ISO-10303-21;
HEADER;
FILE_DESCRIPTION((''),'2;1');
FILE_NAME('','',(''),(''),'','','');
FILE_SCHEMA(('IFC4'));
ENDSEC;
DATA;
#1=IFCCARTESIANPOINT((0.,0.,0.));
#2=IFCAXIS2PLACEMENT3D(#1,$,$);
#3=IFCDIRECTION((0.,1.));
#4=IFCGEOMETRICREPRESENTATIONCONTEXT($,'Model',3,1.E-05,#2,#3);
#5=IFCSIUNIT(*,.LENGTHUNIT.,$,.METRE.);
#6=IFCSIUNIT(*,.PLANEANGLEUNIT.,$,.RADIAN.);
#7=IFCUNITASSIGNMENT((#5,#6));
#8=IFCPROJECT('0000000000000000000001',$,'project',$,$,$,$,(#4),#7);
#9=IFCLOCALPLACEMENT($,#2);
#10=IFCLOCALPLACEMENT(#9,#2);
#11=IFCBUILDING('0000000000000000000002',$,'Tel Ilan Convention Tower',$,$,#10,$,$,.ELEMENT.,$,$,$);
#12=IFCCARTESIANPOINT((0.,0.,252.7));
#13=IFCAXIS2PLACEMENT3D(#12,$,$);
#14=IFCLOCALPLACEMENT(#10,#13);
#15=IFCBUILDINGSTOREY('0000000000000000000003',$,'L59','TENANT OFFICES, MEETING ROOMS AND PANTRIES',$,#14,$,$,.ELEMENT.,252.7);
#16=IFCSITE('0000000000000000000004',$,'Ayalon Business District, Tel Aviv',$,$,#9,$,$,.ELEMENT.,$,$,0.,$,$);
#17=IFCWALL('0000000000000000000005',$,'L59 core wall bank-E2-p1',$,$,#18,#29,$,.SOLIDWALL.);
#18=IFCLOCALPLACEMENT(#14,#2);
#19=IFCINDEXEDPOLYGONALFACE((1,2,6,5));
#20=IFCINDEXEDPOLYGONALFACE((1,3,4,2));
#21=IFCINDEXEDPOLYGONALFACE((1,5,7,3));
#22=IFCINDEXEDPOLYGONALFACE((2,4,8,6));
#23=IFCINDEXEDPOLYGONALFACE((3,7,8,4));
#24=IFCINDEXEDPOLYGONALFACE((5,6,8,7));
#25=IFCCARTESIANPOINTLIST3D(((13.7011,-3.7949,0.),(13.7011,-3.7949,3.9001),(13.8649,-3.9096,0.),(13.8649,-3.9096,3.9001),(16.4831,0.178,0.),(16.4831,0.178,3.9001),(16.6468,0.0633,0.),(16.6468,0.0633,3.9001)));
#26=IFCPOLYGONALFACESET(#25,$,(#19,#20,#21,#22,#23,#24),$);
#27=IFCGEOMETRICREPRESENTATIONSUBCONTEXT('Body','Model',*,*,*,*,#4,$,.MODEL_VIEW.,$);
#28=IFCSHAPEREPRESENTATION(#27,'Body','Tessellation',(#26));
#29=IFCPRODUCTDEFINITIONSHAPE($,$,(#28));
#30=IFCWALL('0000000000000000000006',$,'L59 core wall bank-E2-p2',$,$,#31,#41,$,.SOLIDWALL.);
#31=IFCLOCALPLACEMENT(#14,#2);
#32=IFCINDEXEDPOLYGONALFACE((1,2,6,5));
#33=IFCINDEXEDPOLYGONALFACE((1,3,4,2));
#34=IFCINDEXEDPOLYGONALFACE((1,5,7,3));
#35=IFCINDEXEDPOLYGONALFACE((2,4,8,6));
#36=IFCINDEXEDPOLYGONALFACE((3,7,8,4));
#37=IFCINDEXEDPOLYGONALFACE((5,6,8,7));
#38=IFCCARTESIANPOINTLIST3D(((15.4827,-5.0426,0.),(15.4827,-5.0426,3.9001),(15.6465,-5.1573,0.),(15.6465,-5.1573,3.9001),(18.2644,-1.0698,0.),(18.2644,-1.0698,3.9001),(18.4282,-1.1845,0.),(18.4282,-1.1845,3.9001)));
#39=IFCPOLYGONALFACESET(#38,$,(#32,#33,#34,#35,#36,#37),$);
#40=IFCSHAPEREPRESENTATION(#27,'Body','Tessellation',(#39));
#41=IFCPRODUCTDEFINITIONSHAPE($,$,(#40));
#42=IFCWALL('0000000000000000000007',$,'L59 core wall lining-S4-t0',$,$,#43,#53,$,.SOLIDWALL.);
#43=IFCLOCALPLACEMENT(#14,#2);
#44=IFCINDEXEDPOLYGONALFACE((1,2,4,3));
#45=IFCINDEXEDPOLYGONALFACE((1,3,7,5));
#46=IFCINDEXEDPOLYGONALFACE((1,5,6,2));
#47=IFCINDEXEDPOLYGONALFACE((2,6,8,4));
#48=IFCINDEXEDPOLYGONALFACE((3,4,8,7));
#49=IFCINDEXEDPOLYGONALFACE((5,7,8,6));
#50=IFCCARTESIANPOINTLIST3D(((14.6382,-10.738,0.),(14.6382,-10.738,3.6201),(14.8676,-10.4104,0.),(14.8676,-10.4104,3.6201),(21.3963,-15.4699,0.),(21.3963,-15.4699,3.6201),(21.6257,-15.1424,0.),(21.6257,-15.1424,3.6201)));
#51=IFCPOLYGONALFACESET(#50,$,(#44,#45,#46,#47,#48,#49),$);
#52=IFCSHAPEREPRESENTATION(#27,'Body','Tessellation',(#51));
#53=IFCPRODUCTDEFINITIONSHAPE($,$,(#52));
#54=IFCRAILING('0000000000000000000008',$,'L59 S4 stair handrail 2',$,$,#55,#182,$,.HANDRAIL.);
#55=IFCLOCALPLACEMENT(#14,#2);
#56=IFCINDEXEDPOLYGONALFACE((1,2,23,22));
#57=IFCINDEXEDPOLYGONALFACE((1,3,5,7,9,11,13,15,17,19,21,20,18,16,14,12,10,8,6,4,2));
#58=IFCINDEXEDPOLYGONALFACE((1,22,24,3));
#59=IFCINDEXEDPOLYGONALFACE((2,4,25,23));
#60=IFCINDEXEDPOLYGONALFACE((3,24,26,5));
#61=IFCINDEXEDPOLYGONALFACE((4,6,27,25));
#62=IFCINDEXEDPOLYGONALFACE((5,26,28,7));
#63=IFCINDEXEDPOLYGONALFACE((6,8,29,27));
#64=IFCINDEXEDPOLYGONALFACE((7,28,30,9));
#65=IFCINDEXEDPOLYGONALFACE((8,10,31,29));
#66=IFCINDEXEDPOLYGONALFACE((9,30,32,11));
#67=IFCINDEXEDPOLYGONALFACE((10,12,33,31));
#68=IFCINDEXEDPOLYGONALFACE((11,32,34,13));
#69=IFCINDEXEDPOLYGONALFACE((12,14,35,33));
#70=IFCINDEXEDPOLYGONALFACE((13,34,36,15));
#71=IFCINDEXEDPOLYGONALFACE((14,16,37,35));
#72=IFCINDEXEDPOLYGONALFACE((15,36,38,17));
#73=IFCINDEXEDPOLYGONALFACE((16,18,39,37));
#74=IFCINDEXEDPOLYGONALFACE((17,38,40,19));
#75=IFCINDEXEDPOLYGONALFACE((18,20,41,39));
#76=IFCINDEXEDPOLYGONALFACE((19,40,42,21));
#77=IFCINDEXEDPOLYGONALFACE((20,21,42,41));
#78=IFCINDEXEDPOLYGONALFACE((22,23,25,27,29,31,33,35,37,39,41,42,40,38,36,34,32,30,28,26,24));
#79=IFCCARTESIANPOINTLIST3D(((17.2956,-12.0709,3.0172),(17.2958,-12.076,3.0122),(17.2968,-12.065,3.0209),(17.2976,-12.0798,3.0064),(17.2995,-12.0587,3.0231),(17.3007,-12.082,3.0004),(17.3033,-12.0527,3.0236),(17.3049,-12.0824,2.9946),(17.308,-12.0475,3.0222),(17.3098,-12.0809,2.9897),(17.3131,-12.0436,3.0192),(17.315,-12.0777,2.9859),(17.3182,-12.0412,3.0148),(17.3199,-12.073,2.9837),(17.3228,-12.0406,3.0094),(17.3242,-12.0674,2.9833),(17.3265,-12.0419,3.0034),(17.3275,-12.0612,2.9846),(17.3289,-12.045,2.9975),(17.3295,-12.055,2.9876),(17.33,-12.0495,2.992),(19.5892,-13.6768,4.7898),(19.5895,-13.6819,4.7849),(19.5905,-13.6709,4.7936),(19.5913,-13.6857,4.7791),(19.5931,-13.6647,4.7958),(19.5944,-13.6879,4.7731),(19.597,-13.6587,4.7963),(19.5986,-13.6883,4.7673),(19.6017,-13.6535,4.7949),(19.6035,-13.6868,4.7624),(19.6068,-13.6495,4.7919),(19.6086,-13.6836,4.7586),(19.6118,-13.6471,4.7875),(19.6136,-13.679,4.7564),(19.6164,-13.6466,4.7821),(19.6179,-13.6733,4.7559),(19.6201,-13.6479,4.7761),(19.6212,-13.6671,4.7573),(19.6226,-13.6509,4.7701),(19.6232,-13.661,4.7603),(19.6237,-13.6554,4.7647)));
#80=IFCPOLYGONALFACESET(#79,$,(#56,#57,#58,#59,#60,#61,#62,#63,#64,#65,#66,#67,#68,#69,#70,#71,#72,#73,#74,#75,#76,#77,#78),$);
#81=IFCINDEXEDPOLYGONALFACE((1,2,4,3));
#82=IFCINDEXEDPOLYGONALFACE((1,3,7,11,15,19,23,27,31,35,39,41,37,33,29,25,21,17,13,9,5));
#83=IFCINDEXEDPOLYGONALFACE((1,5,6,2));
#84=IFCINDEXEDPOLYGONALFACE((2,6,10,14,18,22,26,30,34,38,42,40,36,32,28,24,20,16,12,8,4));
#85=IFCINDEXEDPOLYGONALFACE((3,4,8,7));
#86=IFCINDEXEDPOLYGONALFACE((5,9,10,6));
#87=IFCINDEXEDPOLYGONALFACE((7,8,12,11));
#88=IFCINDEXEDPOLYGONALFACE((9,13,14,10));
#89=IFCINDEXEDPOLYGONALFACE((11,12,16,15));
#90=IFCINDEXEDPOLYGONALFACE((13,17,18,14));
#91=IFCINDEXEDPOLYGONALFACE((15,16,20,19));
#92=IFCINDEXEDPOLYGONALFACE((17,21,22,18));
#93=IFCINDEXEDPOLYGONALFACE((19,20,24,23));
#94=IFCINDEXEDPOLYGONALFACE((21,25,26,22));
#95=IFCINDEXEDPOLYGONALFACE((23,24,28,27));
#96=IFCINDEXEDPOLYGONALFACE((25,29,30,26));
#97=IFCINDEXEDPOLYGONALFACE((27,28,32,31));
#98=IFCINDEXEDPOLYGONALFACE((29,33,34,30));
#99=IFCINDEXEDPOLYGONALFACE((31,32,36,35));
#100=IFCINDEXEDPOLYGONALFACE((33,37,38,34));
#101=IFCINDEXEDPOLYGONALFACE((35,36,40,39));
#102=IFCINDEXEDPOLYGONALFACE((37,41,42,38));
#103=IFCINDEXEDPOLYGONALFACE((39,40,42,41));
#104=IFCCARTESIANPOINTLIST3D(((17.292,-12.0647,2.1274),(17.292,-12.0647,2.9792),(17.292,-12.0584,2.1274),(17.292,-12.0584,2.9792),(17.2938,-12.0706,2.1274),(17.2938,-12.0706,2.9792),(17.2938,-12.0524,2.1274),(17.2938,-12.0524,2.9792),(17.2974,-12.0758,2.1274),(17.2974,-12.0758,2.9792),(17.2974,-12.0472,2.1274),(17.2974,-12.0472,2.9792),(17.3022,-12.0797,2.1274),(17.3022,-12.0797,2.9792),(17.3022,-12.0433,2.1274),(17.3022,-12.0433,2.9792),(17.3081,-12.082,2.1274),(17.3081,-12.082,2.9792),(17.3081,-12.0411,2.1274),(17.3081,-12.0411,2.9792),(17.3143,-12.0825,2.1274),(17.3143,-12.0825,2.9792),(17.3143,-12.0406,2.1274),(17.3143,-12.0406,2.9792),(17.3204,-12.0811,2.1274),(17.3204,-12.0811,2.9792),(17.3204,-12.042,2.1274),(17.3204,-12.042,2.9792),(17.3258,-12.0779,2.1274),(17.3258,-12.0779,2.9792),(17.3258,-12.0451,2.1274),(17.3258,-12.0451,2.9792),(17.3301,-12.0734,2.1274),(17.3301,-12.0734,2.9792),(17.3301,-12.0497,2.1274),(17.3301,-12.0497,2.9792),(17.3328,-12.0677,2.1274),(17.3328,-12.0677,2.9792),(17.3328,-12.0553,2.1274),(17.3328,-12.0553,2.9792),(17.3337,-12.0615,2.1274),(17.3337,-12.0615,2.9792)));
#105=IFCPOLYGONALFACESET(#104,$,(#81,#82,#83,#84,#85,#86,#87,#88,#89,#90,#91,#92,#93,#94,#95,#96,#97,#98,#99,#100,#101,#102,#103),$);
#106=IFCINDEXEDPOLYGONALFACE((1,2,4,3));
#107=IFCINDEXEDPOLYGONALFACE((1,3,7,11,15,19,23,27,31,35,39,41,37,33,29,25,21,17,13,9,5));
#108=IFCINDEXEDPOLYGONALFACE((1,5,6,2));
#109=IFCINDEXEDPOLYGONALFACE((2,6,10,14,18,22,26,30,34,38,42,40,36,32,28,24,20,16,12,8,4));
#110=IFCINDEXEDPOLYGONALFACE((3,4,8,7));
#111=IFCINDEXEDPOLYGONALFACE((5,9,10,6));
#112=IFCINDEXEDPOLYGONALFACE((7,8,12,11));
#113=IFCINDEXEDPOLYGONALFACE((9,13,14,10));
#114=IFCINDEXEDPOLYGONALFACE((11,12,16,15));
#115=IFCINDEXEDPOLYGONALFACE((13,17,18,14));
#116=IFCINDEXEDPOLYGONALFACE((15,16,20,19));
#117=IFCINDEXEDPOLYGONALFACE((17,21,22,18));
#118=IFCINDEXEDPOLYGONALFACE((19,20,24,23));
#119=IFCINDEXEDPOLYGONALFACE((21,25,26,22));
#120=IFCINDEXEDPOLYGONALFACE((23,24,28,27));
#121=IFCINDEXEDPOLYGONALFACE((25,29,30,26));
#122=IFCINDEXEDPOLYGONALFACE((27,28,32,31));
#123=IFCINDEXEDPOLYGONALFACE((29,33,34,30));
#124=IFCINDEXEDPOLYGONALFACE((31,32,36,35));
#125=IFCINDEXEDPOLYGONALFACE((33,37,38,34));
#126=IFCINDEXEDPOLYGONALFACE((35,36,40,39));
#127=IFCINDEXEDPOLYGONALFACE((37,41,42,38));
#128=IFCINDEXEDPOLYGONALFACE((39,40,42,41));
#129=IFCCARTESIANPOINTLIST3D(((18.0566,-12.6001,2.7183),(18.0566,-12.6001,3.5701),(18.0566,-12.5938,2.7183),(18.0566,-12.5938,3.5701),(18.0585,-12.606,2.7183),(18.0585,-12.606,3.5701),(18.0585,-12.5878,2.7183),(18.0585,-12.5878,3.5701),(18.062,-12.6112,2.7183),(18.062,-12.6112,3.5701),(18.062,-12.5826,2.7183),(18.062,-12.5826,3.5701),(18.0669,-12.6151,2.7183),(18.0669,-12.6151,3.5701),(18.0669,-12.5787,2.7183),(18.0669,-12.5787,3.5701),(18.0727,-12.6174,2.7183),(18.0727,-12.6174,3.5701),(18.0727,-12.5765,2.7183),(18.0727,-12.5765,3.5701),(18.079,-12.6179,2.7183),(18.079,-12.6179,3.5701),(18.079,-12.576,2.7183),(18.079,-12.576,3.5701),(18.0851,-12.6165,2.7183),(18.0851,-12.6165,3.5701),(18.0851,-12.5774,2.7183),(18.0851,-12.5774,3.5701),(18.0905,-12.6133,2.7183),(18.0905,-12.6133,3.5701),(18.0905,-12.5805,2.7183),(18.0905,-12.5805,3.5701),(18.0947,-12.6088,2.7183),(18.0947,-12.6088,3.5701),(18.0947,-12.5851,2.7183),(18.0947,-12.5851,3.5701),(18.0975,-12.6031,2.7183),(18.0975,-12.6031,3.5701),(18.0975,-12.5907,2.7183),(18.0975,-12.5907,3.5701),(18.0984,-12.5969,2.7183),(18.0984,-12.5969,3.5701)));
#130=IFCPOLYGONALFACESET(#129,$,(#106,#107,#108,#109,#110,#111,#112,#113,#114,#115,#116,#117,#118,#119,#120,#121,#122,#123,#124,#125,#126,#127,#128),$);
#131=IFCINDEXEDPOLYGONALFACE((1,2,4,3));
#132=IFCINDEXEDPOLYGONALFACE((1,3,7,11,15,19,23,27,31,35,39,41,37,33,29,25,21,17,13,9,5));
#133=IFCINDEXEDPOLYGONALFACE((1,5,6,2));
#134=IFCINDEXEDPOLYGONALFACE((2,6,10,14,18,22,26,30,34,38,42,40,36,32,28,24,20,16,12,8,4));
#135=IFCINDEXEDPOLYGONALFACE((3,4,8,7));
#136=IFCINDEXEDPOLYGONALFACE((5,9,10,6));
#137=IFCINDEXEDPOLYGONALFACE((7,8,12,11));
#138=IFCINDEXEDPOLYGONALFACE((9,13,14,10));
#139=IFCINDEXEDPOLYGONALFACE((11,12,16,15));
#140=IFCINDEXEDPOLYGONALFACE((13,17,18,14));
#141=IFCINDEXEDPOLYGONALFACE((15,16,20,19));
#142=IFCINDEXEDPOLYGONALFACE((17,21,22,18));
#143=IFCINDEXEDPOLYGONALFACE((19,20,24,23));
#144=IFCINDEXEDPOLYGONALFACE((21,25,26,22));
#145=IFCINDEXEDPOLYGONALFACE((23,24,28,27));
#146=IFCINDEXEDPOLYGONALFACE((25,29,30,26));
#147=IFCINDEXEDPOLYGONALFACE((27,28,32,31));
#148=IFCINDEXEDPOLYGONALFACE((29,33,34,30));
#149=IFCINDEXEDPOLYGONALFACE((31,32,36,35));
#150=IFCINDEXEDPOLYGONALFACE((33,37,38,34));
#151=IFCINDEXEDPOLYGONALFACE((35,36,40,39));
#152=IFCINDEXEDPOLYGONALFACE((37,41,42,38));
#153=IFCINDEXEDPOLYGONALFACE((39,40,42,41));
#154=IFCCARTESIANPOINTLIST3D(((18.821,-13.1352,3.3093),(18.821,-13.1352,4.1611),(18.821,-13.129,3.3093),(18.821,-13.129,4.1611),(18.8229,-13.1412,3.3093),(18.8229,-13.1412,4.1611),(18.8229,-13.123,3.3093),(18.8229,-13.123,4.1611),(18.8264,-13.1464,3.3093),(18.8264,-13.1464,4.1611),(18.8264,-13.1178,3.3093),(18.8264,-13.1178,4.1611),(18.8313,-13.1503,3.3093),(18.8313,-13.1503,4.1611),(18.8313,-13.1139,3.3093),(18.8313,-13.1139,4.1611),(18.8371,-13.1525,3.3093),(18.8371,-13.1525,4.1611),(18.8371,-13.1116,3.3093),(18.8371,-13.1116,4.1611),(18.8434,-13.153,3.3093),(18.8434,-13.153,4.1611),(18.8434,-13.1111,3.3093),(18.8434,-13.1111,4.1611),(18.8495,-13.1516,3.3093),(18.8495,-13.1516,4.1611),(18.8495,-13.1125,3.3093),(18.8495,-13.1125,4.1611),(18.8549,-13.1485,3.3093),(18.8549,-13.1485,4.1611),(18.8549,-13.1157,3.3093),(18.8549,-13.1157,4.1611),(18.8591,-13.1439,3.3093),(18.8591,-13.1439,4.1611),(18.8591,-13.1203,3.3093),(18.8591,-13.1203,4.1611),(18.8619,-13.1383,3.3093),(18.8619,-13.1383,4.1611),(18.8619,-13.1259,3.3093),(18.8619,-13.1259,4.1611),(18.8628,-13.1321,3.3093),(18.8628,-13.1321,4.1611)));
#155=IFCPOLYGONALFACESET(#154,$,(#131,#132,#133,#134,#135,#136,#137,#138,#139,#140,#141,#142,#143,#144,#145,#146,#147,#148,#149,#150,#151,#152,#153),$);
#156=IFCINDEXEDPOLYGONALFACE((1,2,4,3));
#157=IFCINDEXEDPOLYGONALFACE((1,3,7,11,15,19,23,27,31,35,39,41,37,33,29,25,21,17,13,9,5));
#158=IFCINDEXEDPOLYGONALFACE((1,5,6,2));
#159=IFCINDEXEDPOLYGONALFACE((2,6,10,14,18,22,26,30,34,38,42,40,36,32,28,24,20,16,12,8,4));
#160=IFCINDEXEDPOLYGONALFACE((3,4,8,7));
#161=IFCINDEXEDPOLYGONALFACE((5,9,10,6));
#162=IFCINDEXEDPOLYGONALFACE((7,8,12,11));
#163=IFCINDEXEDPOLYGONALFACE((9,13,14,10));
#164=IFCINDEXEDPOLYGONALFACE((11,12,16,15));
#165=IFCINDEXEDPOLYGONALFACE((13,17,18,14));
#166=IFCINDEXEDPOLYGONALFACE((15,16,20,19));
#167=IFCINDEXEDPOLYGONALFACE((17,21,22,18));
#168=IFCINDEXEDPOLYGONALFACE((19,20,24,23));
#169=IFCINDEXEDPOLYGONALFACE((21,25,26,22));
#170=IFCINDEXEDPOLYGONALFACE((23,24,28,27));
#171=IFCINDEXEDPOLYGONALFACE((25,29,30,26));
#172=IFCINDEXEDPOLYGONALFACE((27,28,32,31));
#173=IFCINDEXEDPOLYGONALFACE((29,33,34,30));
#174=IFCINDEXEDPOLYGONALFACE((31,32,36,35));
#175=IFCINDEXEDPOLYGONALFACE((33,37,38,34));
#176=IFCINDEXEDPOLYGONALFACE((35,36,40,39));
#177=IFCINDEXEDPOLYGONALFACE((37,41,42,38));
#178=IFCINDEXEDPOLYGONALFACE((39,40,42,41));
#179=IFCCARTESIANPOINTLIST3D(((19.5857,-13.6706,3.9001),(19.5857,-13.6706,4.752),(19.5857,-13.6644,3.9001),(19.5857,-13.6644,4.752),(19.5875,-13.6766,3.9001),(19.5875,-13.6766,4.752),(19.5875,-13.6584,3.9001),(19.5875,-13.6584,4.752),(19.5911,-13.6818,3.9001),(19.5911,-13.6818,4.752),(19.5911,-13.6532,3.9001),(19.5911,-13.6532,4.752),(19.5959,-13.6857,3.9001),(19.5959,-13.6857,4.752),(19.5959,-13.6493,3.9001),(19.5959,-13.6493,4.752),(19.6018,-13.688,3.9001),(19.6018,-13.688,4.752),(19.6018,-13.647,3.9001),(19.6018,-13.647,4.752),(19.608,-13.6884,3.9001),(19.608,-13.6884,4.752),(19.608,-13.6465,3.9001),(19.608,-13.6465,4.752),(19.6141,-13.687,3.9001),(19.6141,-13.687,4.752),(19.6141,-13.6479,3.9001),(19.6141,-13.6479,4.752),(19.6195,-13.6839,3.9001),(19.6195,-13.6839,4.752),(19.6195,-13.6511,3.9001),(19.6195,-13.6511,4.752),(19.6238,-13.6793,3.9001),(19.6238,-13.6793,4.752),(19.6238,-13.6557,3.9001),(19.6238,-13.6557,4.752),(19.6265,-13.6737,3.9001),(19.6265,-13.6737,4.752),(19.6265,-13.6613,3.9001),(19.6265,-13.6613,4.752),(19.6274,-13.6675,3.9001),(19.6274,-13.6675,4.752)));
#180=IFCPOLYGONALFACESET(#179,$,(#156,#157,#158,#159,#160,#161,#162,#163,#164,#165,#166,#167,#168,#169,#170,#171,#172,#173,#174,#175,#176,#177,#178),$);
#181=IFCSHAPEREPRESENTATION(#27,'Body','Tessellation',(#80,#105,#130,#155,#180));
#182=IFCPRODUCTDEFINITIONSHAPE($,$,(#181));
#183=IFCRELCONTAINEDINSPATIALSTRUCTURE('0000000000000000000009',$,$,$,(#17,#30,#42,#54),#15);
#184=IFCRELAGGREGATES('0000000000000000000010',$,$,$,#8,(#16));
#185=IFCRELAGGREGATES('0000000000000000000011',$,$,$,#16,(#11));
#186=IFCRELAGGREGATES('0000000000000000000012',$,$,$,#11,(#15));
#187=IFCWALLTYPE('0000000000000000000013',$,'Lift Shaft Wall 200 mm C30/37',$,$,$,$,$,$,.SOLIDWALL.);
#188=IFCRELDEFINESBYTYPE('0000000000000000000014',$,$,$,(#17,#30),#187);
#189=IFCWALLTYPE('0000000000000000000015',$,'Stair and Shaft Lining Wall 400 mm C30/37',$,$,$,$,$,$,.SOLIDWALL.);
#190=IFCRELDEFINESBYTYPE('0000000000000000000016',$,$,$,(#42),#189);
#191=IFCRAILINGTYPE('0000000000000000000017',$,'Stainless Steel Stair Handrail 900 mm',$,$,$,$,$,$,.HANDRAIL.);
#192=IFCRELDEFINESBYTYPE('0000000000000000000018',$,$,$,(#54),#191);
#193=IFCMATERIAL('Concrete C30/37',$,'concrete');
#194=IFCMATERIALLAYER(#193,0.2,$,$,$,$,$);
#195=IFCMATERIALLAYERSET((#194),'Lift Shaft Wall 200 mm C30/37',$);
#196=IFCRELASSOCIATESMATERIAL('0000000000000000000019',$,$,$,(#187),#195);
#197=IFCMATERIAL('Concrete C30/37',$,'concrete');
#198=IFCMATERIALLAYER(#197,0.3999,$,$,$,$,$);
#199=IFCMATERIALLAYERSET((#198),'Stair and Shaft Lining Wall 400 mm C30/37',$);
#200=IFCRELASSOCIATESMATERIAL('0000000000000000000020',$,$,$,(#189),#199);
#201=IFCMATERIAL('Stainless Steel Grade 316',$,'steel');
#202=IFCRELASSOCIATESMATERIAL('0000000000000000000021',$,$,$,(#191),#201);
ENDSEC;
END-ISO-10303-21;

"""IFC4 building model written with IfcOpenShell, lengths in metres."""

from ifc_helpers import new_model, si_unit, direction, frame, frame_2d, origin, origin_2d, place, context, subcontext, project, spatial, rectangle, circle, extrude, material, layer, layer_set, type_object, element, save


model = new_model("IFC4")

# Units and contexts
model_context = context("Model", 3, precision=1e-05, world=origin(), true_north=direction((0.0, 1.0)))
body_context = subcontext(model_context, "Body", "Model", "MODEL_VIEW")
ifc_project = project(units=[si_unit("LENGTHUNIT", "METRE"), si_unit("PLANEANGLEUNIT", "RADIAN")], contexts=[model_context])

# Site, building, storey
site_placement = place(None, origin())
site = spatial("IfcSite", under=ifc_project, at=site_placement, Name="Ayalon Business District, Tel Aviv", CompositionType="ELEMENT", RefElevation=0.0)
building_placement = place(site_placement, origin())
building = spatial("IfcBuilding", under=site, at=building_placement, Name="Tel Ilan Convention Tower", CompositionType="ELEMENT")
storey_placement = place(building_placement, frame((0.0, 0.0, 252.7)))
storey = spatial("IfcBuildingStorey", under=building, at=storey_placement, Name="L59", Description="TENANT OFFICES, MEETING ROOMS AND PANTRIES", CompositionType="ELEMENT", Elevation=252.7)

# Walls
ifc_material_1 = material(Name="Concrete C30/37", Category="concrete")
ifc_layer_1 = layer(ifc_material_1, 0.2)
ifc_layer_set_1 = layer_set([ifc_layer_1], Name="Lift Shaft Wall 200 mm C30/37")
wall_type_1 = type_object("IfcWallType", Name="Lift Shaft Wall 200 mm C30/37", PredefinedType="SOLIDWALL", material=ifc_layer_set_1)
wall_1_placement = place(storey_placement, frame((13.783, -3.8523, 0.0), z_axis=(0.0, 0.0, 1.0), x_axis=(0.573594, 0.81914, 0.0)))
element("IfcWall", 1, at=wall_1_placement, inside=storey, type_object=wall_type_1, Name="L59 core wall bank-E2-p1", PredefinedType="SOLIDWALL", context=body_context, shape_type="SweptSolid", body=[
    extrude(rectangle(XDim=4.8501, YDim=0.2, at=frame_2d((2.425, 0.0))), origin(), (0.0, 0.0, 1.0), 3.9001),
])
wall_2_placement = place(storey_placement, frame((15.5647, -5.0999, 0.0), z_axis=(0.0, 0.0, 1.0), x_axis=(0.57356, 0.819163, 0.0)))
element("IfcWall", 2, at=wall_2_placement, inside=storey, type_object=wall_type_1, Name="L59 core wall bank-E2-p2", PredefinedType="SOLIDWALL", context=body_context, shape_type="SweptSolid", body=[
    extrude(rectangle(XDim=4.8499, YDim=0.2, at=frame_2d((2.4248, 0.0))), origin(), (0.0, 0.0, 1.0), 3.9001),
])
ifc_material_2 = material(Name="Concrete C30/37", Category="concrete")
ifc_layer_2 = layer(ifc_material_2, 0.3999)
ifc_layer_set_2 = layer_set([ifc_layer_2], Name="Stair and Shaft Lining Wall 400 mm C30/37")
wall_type_2 = type_object("IfcWallType", Name="Stair and Shaft Lining Wall 400 mm C30/37", PredefinedType="SOLIDWALL", material=ifc_layer_set_2)
wall_3_placement = place(storey_placement, frame((14.7529, -10.5742, 0.0), z_axis=(0.0, 0.0, 1.0), x_axis=(0.819158, -0.573568, 0.0)))
element("IfcWall", 3, at=wall_3_placement, inside=storey, type_object=wall_type_2, Name="L59 core wall lining-S4-t0", PredefinedType="SOLIDWALL", context=body_context, shape_type="SweptSolid", body=[
    extrude(rectangle(XDim=8.25, YDim=0.3999, at=frame_2d((4.125, 0.0))), origin(), (0.0, 0.0, 1.0), 3.6201),
])

# Railing
ifc_material_3 = material(Name="Stainless Steel Grade 316", Category="steel")
railing_type = type_object("IfcRailingType", Name="Stainless Steel Stair Handrail 900 mm", PredefinedType="HANDRAIL", material=ifc_material_3)
railing_placement = place(storey_placement, frame((17.3127, -12.0615, 2.1274)))
element("IfcRailing", 4, at=railing_placement, inside=storey, type_object=railing_type, Name="L59 S4 stair handrail 2", PredefinedType="HANDRAIL", context=body_context, shape_type="SweptSolid", body=[
    extrude(circle(Radius=0.0239, at=origin_2d()), frame((0.0, 0.0, 0.876), z_axis=(0.692123, -0.484597, 0.534913), x_axis=(0.57355, 0.81917, 0.0)), (0.0, 0.0, 1.0), 3.314),
    extrude(circle(Radius=0.021, at=origin_2d()), origin(), (0.0, 0.0, 1.0), 0.8518),
    extrude(circle(Radius=0.021, at=origin_2d()), frame((0.7646, -0.5354, 0.5908)), (0.0, 0.0, 1.0), 0.8518),
    extrude(circle(Radius=0.021, at=origin_2d()), frame((1.5291, -1.0706, 1.1819)), (0.0, 0.0, 1.0), 0.8518),
    extrude(circle(Radius=0.021, at=origin_2d()), frame((2.2937, -1.606, 1.7727)), (0.0, 0.0, 1.0), 0.8518),
])

save(model, "model.ifc")
